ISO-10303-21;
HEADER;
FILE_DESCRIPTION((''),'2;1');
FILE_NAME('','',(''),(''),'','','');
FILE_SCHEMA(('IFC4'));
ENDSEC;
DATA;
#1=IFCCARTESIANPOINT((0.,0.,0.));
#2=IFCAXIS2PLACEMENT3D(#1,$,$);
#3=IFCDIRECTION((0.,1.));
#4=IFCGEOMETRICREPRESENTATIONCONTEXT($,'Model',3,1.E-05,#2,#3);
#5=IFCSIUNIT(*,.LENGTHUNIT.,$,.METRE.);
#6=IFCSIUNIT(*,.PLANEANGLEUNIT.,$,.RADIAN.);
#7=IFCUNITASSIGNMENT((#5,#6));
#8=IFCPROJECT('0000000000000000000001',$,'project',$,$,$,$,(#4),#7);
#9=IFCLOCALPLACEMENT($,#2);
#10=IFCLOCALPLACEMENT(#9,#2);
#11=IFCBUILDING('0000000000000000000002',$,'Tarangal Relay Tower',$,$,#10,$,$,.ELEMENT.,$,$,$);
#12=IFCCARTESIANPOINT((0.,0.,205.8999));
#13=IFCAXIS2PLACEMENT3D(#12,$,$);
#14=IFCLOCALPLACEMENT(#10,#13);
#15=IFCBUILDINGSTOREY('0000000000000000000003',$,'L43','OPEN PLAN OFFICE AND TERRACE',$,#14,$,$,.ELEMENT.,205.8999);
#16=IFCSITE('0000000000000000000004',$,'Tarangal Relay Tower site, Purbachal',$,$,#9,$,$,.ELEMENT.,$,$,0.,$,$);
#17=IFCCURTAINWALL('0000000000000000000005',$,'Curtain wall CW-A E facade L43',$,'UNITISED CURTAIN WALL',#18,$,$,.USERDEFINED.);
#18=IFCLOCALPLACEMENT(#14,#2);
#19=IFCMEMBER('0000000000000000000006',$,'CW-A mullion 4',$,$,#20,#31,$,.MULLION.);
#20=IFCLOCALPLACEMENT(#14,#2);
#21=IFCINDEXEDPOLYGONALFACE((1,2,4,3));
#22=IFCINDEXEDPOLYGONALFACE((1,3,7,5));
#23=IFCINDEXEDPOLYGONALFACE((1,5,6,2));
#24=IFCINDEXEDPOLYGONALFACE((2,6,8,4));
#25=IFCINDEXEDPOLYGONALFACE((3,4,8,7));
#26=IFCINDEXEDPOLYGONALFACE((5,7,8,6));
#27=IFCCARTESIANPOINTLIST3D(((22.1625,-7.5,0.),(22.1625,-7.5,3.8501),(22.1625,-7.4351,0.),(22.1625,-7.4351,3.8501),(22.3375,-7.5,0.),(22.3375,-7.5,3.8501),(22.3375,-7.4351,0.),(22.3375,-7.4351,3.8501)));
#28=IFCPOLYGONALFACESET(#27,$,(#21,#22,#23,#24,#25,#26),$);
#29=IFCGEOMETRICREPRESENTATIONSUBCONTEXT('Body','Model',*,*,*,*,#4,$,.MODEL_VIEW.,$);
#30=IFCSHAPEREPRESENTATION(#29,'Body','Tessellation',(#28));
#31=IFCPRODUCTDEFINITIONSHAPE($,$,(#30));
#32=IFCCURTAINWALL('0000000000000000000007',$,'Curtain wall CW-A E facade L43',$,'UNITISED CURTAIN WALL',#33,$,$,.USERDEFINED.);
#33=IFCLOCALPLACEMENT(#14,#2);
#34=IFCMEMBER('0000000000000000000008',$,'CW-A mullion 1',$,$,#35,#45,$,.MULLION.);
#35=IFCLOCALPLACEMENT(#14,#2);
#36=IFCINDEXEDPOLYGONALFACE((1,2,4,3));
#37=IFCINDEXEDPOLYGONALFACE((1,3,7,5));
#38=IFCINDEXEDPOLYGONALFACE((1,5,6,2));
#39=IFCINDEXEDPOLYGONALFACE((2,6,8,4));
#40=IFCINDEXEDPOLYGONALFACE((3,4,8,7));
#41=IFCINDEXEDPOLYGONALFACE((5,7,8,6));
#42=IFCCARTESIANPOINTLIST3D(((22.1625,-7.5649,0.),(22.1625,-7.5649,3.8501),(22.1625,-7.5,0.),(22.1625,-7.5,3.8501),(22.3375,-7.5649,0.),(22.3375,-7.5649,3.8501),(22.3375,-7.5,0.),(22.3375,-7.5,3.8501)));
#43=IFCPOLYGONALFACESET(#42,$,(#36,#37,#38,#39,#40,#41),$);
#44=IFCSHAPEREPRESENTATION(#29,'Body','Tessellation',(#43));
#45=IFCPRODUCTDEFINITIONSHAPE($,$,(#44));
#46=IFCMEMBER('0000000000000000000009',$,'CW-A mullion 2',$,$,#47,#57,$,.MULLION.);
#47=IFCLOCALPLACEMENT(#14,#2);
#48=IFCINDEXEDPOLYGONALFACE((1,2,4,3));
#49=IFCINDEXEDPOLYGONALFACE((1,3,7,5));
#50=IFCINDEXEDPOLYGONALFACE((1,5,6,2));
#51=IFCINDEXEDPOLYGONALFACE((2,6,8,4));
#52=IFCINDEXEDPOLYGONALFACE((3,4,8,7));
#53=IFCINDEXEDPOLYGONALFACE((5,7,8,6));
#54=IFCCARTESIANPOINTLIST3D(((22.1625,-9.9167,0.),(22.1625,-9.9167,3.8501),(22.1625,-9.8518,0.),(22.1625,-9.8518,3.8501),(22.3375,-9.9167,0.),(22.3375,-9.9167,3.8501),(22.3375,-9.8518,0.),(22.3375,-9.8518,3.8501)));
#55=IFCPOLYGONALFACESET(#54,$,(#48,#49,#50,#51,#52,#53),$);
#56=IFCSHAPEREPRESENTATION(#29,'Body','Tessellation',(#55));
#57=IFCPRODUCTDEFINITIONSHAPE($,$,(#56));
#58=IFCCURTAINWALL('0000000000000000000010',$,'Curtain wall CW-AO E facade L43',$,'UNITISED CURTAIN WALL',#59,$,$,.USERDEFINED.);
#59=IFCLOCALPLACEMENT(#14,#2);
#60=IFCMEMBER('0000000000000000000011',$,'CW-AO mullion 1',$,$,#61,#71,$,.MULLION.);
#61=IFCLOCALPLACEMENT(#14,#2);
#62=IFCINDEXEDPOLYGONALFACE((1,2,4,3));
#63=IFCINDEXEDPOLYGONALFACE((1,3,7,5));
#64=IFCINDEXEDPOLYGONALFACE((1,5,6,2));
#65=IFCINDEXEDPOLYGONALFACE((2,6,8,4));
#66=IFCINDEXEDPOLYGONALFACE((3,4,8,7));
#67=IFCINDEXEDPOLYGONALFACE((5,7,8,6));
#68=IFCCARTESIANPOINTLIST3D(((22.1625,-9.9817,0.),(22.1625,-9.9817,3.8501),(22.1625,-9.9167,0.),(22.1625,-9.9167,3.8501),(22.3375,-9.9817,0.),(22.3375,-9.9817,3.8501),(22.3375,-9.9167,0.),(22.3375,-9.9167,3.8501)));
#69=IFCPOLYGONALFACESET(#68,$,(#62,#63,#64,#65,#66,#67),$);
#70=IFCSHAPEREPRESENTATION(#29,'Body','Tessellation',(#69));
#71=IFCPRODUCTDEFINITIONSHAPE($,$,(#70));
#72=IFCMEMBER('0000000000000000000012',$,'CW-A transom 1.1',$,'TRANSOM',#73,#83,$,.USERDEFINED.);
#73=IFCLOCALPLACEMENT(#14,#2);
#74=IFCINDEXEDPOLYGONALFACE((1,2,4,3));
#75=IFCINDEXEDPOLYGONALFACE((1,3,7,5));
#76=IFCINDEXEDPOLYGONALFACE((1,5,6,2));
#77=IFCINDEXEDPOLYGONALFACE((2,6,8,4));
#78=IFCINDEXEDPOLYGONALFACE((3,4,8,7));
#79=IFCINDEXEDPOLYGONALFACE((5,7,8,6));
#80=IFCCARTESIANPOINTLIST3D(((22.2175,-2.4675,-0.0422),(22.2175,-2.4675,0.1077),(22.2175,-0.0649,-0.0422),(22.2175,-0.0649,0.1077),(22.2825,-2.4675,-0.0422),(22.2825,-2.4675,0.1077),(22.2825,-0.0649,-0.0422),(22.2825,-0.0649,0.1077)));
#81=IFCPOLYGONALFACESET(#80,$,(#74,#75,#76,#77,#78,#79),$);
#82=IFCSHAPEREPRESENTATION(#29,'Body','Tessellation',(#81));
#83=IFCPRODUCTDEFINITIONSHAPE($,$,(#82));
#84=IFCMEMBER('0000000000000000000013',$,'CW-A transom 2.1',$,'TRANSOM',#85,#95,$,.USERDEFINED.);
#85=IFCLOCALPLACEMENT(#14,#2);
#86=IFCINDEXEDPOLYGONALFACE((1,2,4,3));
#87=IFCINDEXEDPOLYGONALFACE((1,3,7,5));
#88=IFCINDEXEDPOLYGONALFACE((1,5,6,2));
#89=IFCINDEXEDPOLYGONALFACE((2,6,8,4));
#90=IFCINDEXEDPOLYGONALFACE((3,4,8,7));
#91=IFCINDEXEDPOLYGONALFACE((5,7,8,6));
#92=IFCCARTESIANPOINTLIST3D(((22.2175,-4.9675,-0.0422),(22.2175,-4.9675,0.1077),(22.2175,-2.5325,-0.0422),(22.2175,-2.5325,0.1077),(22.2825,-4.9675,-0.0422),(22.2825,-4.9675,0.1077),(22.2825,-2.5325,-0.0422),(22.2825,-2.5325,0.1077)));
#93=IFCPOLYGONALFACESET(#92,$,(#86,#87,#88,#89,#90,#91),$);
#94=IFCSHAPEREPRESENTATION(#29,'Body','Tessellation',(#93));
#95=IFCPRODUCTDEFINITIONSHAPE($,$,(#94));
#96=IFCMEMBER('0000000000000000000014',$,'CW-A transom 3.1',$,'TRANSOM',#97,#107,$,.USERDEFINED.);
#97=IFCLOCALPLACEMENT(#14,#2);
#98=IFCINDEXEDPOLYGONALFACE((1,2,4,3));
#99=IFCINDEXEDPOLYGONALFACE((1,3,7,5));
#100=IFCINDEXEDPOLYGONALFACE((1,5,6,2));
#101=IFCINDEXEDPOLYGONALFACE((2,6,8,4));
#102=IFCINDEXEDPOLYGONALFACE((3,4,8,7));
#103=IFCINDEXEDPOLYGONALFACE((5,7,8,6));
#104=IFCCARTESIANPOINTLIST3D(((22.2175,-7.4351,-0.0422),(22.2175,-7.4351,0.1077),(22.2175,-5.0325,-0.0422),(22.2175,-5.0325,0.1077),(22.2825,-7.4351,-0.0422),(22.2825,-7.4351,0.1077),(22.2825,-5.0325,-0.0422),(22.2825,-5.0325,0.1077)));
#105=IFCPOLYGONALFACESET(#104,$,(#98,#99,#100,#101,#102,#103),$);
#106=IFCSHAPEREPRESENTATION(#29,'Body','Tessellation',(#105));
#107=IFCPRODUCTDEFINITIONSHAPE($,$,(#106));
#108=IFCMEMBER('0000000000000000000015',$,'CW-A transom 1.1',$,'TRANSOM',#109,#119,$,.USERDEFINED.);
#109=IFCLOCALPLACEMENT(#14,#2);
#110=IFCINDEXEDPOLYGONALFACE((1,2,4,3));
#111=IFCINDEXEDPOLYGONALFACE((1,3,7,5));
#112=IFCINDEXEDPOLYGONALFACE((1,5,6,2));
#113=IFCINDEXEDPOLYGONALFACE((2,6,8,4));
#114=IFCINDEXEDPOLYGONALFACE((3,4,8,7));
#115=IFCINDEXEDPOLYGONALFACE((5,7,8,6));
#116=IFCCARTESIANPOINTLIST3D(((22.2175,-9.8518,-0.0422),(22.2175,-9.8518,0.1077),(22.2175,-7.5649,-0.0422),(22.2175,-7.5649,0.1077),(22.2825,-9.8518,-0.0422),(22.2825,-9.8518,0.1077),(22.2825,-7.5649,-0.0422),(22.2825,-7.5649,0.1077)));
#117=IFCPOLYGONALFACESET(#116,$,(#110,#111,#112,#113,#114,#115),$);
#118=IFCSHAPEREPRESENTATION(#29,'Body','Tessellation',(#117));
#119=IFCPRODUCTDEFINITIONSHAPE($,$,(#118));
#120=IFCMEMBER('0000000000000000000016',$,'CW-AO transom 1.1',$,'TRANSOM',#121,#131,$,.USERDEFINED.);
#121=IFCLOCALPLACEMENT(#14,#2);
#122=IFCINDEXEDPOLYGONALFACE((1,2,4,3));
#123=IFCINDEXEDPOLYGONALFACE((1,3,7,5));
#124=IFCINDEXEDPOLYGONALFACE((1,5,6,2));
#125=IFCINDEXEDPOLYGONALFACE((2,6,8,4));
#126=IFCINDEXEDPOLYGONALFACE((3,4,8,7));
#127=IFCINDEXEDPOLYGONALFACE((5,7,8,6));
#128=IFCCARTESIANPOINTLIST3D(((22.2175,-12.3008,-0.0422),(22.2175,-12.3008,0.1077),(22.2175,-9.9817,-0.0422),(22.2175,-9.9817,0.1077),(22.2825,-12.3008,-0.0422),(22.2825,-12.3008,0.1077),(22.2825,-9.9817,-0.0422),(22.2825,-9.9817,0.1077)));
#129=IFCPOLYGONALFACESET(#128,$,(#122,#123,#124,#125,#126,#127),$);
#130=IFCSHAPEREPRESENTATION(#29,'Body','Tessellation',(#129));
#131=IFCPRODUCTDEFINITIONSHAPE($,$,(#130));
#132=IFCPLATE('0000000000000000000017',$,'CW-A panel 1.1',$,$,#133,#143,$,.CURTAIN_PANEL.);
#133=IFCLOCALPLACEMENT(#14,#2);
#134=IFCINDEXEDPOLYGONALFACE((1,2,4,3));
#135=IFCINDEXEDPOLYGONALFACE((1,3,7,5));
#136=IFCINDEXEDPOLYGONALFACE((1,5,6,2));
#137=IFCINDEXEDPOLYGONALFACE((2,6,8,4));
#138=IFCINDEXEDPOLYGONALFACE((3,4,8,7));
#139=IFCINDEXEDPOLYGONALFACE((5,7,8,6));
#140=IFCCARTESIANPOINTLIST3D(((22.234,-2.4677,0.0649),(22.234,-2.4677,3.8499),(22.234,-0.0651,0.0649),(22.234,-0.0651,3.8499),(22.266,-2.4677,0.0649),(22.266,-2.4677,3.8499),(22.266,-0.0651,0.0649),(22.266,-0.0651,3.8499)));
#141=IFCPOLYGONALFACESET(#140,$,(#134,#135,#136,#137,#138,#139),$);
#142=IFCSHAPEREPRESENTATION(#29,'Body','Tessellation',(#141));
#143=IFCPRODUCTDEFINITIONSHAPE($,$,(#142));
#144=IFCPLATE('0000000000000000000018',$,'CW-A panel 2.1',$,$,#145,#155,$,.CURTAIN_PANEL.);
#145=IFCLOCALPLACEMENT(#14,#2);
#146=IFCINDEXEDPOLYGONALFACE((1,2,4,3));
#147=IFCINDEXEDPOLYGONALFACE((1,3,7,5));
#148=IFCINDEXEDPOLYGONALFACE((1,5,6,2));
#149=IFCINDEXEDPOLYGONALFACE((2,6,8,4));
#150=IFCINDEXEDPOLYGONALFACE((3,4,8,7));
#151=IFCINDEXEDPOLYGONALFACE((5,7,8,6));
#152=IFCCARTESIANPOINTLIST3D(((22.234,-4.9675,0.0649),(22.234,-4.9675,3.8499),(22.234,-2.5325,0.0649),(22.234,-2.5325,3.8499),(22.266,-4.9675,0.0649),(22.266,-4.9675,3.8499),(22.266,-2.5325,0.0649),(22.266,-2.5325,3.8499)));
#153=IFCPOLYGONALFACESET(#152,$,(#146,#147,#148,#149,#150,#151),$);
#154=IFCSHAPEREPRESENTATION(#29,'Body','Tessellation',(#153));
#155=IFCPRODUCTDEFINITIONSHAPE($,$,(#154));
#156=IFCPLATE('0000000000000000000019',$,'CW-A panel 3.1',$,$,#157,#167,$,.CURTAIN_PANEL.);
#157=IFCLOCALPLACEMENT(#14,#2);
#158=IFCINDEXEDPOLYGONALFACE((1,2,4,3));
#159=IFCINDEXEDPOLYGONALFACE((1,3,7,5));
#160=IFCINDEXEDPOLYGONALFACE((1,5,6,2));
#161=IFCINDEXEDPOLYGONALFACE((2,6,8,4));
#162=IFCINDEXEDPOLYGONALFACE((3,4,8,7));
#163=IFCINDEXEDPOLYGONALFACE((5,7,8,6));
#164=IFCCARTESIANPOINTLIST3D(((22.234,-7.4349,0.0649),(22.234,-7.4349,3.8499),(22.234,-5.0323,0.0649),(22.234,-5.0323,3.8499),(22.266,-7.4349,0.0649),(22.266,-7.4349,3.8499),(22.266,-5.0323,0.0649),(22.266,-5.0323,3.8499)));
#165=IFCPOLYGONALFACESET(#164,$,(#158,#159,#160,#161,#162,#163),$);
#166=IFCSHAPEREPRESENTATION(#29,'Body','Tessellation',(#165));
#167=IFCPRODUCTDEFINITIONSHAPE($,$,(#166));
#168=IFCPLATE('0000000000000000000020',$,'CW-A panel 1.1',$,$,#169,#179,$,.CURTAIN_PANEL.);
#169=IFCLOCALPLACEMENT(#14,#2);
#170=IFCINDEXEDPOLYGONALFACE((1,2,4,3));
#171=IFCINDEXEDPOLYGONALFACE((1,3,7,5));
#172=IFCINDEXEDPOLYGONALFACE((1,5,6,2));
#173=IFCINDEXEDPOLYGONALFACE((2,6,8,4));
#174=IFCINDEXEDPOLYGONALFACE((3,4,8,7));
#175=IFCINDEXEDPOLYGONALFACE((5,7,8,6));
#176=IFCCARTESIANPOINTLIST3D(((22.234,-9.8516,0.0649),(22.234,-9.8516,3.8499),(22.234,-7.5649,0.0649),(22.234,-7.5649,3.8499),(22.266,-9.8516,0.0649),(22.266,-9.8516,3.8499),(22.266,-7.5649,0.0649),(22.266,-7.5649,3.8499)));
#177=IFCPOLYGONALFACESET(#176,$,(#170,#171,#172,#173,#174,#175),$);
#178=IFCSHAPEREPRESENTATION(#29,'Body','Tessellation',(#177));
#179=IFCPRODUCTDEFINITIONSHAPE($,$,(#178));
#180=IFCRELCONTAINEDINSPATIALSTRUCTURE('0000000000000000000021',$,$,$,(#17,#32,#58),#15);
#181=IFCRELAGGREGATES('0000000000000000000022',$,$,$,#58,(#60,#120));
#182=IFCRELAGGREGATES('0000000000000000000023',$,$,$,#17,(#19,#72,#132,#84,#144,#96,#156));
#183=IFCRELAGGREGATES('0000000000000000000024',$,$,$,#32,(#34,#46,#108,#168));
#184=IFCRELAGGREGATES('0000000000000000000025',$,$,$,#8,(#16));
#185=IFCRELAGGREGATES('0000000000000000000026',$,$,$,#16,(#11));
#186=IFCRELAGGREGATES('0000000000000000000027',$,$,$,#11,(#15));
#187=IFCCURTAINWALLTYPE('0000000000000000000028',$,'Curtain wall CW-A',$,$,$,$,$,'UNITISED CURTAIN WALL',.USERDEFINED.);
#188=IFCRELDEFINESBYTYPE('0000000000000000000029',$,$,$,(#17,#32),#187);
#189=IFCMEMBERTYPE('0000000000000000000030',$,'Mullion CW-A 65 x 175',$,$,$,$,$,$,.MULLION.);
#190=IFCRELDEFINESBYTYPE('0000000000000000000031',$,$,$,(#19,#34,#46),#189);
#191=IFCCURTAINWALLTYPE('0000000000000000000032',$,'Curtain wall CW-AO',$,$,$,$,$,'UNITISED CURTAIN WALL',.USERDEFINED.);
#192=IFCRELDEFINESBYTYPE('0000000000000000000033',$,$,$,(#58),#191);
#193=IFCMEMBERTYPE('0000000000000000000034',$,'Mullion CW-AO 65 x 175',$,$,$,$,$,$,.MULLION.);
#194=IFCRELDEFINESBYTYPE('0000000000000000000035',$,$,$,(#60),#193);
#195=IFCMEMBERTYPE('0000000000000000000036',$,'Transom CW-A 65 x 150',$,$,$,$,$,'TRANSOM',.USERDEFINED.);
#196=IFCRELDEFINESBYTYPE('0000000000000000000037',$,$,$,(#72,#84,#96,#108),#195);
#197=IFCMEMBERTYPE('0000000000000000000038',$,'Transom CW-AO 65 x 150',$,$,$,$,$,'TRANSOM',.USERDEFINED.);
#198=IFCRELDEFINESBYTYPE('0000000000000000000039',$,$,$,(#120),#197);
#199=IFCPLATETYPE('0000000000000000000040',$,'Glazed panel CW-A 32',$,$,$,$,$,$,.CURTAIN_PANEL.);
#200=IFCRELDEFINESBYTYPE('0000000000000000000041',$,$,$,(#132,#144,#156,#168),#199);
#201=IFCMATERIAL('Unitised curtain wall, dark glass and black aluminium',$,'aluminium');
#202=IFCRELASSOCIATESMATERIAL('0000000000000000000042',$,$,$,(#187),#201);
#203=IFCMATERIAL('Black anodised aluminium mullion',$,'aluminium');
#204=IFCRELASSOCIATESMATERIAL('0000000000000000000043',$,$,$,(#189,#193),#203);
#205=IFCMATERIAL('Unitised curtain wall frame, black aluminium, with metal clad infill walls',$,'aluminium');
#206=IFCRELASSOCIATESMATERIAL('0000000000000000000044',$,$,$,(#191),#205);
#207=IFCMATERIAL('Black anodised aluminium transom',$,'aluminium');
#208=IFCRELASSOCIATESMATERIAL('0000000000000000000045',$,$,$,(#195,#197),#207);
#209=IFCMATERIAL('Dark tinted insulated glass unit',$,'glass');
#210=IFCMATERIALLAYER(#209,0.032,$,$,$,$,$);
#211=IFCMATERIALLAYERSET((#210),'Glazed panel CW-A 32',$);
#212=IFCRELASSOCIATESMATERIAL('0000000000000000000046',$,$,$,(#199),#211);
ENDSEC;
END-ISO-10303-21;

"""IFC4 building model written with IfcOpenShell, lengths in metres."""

from ifc_helpers import new_model, si_unit, direction, frame, origin, origin_2d, place, context, subcontext, project, spatial, rectangle, extrude, material, layer, layer_set, material_profile, profile_set, type_object, element, aggregate, save


model = new_model("IFC4")

# Units and contexts
model_context = context("Model", 3, precision=1e-05, world=origin(), true_north=direction((0.0, 1.0)))
body_context = subcontext(model_context, "Body", "Model", "MODEL_VIEW")
ifc_project = project(units=[si_unit("LENGTHUNIT", "METRE"), si_unit("PLANEANGLEUNIT", "RADIAN")], contexts=[model_context])

# Site, building, storey
site_placement = place(None, origin())
site = spatial("IfcSite", under=ifc_project, at=site_placement, Name="Tarangal Relay Tower site, Purbachal", CompositionType="ELEMENT", RefElevation=0.0)
building_placement = place(site_placement, origin())
building = spatial("IfcBuilding", under=site, at=building_placement, Name="Tarangal Relay Tower", CompositionType="ELEMENT")
storey_placement = place(building_placement, frame((0.0, 0.0, 205.8999)))
storey = spatial("IfcBuildingStorey", under=building, at=storey_placement, Name="L43", Description="OPEN PLAN OFFICE AND TERRACE", CompositionType="ELEMENT", Elevation=205.8999)

# Curtain walls, members
ifc_material_1 = material(Name="Unitised curtain wall, dark glass and black aluminium", Category="aluminium")
curtain_wall_type_1 = type_object("IfcCurtainWallType", Name="Curtain wall CW-A", ElementType="UNITISED CURTAIN WALL", PredefinedType="USERDEFINED", material=ifc_material_1)
curtain_wall_1_placement = place(storey_placement, origin())
curtain_wall_1 = element("IfcCurtainWall", 1, at=curtain_wall_1_placement, inside=storey, type_object=curtain_wall_type_1, Name="Curtain wall CW-A E facade L43", ObjectType="UNITISED CURTAIN WALL", PredefinedType="USERDEFINED")
ifc_material_2 = material(Name="Black anodised aluminium mullion", Category="aluminium")
ifc_material_profile_1 = material_profile(ifc_material_2, rectangle(XDim=0.175, YDim=0.0649, at=origin_2d()), Name="CW-AM 65X175")
ifc_profile_set_1 = profile_set([ifc_material_profile_1], Name="Black anodised aluminium mullion")
member_type_1 = type_object("IfcMemberType", Name="Mullion CW-A 65 x 175", PredefinedType="MULLION", material=ifc_profile_set_1)
member_1_placement = place(storey_placement, frame((22.25, -7.4675, 0.0), z_axis=(0.0, 0.0, 1.0), x_axis=(1.0, 0.0, 0.0)))
member_1 = element("IfcMember", 2, at=member_1_placement, type_object=member_type_1, Name="CW-A mullion 4", PredefinedType="MULLION", context=body_context, shape_type="SweptSolid", body=[
    extrude(rectangle(XDim=0.175, YDim=0.0649, at=origin_2d()), origin(), (0.0, 0.0, 1.0), 3.8501),
])
curtain_wall_2_placement = place(storey_placement, origin())
curtain_wall_2 = element("IfcCurtainWall", 3, at=curtain_wall_2_placement, inside=storey, type_object=curtain_wall_type_1, Name="Curtain wall CW-A E facade L43", ObjectType="UNITISED CURTAIN WALL", PredefinedType="USERDEFINED")
member_2_placement = place(storey_placement, frame((22.25, -7.5325, 0.0), z_axis=(0.0, 0.0, 1.0), x_axis=(1.0, 0.0, 0.0)))
member_2 = element("IfcMember", 4, at=member_2_placement, type_object=member_type_1, Name="CW-A mullion 1", PredefinedType="MULLION", context=body_context, shape_type="SweptSolid", body=[
    extrude(rectangle(XDim=0.175, YDim=0.0649, at=origin_2d()), origin(), (0.0, 0.0, 1.0), 3.8501),
])
member_3_placement = place(storey_placement, frame((22.25, -9.8843, 0.0), z_axis=(0.0, 0.0, 1.0), x_axis=(1.0, 0.0, 0.0)))
member_3 = element("IfcMember", 5, at=member_3_placement, type_object=member_type_1, Name="CW-A mullion 2", PredefinedType="MULLION", context=body_context, shape_type="SweptSolid", body=[
    extrude(rectangle(XDim=0.175, YDim=0.0649, at=origin_2d()), origin(), (0.0, 0.0, 1.0), 3.8501),
])

# Curtain wall, member
ifc_material_3 = material(Name="Unitised curtain wall frame, black aluminium, with metal clad infill walls", Category="aluminium")
curtain_wall_type_2 = type_object("IfcCurtainWallType", Name="Curtain wall CW-AO", ElementType="UNITISED CURTAIN WALL", PredefinedType="USERDEFINED", material=ifc_material_3)
curtain_wall_3_placement = place(storey_placement, origin())
curtain_wall_3 = element("IfcCurtainWall", 6, at=curtain_wall_3_placement, inside=storey, type_object=curtain_wall_type_2, Name="Curtain wall CW-AO E facade L43", ObjectType="UNITISED CURTAIN WALL", PredefinedType="USERDEFINED")
ifc_material_profile_2 = material_profile(ifc_material_2, rectangle(XDim=0.175, YDim=0.0649, at=origin_2d()), Name="CW-AOM 65X175")
ifc_profile_set_2 = profile_set([ifc_material_profile_2], Name="Black anodised aluminium mullion")
member_type_2 = type_object("IfcMemberType", Name="Mullion CW-AO 65 x 175", PredefinedType="MULLION", material=ifc_profile_set_2)
member_4_placement = place(storey_placement, frame((22.25, -9.9492, 0.0), z_axis=(0.0, 0.0, 1.0), x_axis=(1.0, 0.0, 0.0)))
member_4 = element("IfcMember", 7, at=member_4_placement, type_object=member_type_2, Name="CW-AO mullion 1", PredefinedType="MULLION", context=body_context, shape_type="SweptSolid", body=[
    extrude(rectangle(XDim=0.175, YDim=0.0649, at=origin_2d()), origin(), (0.0, 0.0, 1.0), 3.8501),
])

# Members
ifc_material_4 = material(Name="Black anodised aluminium transom", Category="aluminium")
ifc_material_profile_3 = material_profile(ifc_material_4, rectangle(XDim=0.0649, YDim=0.1499, at=origin_2d()), Name="CW-AT 65X150")
ifc_profile_set_3 = profile_set([ifc_material_profile_3], Name="Black anodised aluminium transom")
member_type_3 = type_object("IfcMemberType", Name="Transom CW-A 65 x 150", ElementType="TRANSOM", PredefinedType="USERDEFINED", material=ifc_profile_set_3)
member_5_placement = place(storey_placement, frame((22.25, -0.0649, 0.0327), z_axis=(0.0, -1.0, 0.0), x_axis=(1.0, 0.0, 0.0)))
member_5 = element("IfcMember", 8, at=member_5_placement, type_object=member_type_3, Name="CW-A transom 1.1", ObjectType="TRANSOM", PredefinedType="USERDEFINED", context=body_context, shape_type="SweptSolid", body=[
    extrude(rectangle(XDim=0.0649, YDim=0.1499, at=origin_2d()), origin(), (0.0, 0.0, 1.0), 2.4026),
])
member_6_placement = place(storey_placement, frame((22.25, -2.5325, 0.0327), z_axis=(0.0, -1.0, 0.0), x_axis=(1.0, 0.0, 0.0)))
member_6 = element("IfcMember", 9, at=member_6_placement, type_object=member_type_3, Name="CW-A transom 2.1", ObjectType="TRANSOM", PredefinedType="USERDEFINED", context=body_context, shape_type="SweptSolid", body=[
    extrude(rectangle(XDim=0.0649, YDim=0.1499, at=origin_2d()), origin(), (0.0, 0.0, 1.0), 2.4351),
])
member_7_placement = place(storey_placement, frame((22.25, -5.0325, 0.0327), z_axis=(0.0, -1.0, 0.0), x_axis=(1.0, 0.0, 0.0)))
member_7 = element("IfcMember", 10, at=member_7_placement, type_object=member_type_3, Name="CW-A transom 3.1", ObjectType="TRANSOM", PredefinedType="USERDEFINED", context=body_context, shape_type="SweptSolid", body=[
    extrude(rectangle(XDim=0.0649, YDim=0.1499, at=origin_2d()), origin(), (0.0, 0.0, 1.0), 2.4026),
])
member_8_placement = place(storey_placement, frame((22.25, -7.5649, 0.0327), z_axis=(0.0, -1.0, 0.0), x_axis=(1.0, 0.0, 0.0)))
member_8 = element("IfcMember", 11, at=member_8_placement, type_object=member_type_3, Name="CW-A transom 1.1", ObjectType="TRANSOM", PredefinedType="USERDEFINED", context=body_context, shape_type="SweptSolid", body=[
    extrude(rectangle(XDim=0.0649, YDim=0.1499, at=origin_2d()), origin(), (0.0, 0.0, 1.0), 2.2869),
])
ifc_material_profile_4 = material_profile(ifc_material_4, rectangle(XDim=0.0649, YDim=0.1499, at=origin_2d()), Name="CW-AOT 65X150")
ifc_profile_set_4 = profile_set([ifc_material_profile_4], Name="Black anodised aluminium transom")
member_type_4 = type_object("IfcMemberType", Name="Transom CW-AO 65 x 150", ElementType="TRANSOM", PredefinedType="USERDEFINED", material=ifc_profile_set_4)
member_9_placement = place(storey_placement, frame((22.25, -9.9817, 0.0327), z_axis=(0.0, -1.0, 0.0), x_axis=(1.0, 0.0, 0.0)))
member_9 = element("IfcMember", 12, at=member_9_placement, type_object=member_type_4, Name="CW-AO transom 1.1", ObjectType="TRANSOM", PredefinedType="USERDEFINED", context=body_context, shape_type="SweptSolid", body=[
    extrude(rectangle(XDim=0.0649, YDim=0.1499, at=origin_2d()), origin(), (0.0, 0.0, 1.0), 2.3191),
])
aggregate(curtain_wall_3, [member_4, member_9])

# Plates
ifc_material_5 = material(Name="Dark tinted insulated glass unit", Category="glass")
ifc_layer_1 = layer(ifc_material_5, 0.032)
ifc_layer_set_1 = layer_set([ifc_layer_1], Name="Glazed panel CW-A 32")
plate_type = type_object("IfcPlateType", Name="Glazed panel CW-A 32", PredefinedType="CURTAIN_PANEL", material=ifc_layer_set_1)
plate_1_placement = place(storey_placement, frame((22.25, -1.2664, 0.0649), z_axis=(0.0, 0.0, 1.0), x_axis=(0.0, -1.0, 0.0)))
plate_1 = element("IfcPlate", 13, at=plate_1_placement, type_object=plate_type, Name="CW-A panel 1.1", PredefinedType="CURTAIN_PANEL", context=body_context, shape_type="SweptSolid", body=[
    extrude(rectangle(XDim=2.4026, YDim=0.032, at=origin_2d()), origin(), (0.0, 0.0, 1.0), 3.7849),
])
plate_2_placement = place(storey_placement, frame((22.25, -3.75, 0.0649), z_axis=(0.0, 0.0, 1.0), x_axis=(0.0, -1.0, 0.0)))
plate_2 = element("IfcPlate", 14, at=plate_2_placement, type_object=plate_type, Name="CW-A panel 2.1", PredefinedType="CURTAIN_PANEL", context=body_context, shape_type="SweptSolid", body=[
    extrude(rectangle(XDim=2.4351, YDim=0.032, at=origin_2d()), origin(), (0.0, 0.0, 1.0), 3.7849),
])
plate_3_placement = place(storey_placement, frame((22.25, -6.2336, 0.0649), z_axis=(0.0, 0.0, 1.0), x_axis=(0.0, -1.0, 0.0)))
plate_3 = element("IfcPlate", 15, at=plate_3_placement, type_object=plate_type, Name="CW-A panel 3.1", PredefinedType="CURTAIN_PANEL", context=body_context, shape_type="SweptSolid", body=[
    extrude(rectangle(XDim=2.4026, YDim=0.032, at=origin_2d()), origin(), (0.0, 0.0, 1.0), 3.7849),
])
aggregate(curtain_wall_1, [member_1, member_5, plate_1, member_6, plate_2, member_7, plate_3])
plate_4_placement = place(storey_placement, frame((22.25, -8.7083, 0.0649), z_axis=(0.0, 0.0, 1.0), x_axis=(0.0, -1.0, 0.0)))
plate_4 = element("IfcPlate", 16, at=plate_4_placement, type_object=plate_type, Name="CW-A panel 1.1", PredefinedType="CURTAIN_PANEL", context=body_context, shape_type="SweptSolid", body=[
    extrude(rectangle(XDim=2.2866, YDim=0.032, at=origin_2d()), origin(), (0.0, 0.0, 1.0), 3.7849),
])
aggregate(curtain_wall_2, [member_2, member_3, member_8, plate_4])

save(model, "model.ifc")
